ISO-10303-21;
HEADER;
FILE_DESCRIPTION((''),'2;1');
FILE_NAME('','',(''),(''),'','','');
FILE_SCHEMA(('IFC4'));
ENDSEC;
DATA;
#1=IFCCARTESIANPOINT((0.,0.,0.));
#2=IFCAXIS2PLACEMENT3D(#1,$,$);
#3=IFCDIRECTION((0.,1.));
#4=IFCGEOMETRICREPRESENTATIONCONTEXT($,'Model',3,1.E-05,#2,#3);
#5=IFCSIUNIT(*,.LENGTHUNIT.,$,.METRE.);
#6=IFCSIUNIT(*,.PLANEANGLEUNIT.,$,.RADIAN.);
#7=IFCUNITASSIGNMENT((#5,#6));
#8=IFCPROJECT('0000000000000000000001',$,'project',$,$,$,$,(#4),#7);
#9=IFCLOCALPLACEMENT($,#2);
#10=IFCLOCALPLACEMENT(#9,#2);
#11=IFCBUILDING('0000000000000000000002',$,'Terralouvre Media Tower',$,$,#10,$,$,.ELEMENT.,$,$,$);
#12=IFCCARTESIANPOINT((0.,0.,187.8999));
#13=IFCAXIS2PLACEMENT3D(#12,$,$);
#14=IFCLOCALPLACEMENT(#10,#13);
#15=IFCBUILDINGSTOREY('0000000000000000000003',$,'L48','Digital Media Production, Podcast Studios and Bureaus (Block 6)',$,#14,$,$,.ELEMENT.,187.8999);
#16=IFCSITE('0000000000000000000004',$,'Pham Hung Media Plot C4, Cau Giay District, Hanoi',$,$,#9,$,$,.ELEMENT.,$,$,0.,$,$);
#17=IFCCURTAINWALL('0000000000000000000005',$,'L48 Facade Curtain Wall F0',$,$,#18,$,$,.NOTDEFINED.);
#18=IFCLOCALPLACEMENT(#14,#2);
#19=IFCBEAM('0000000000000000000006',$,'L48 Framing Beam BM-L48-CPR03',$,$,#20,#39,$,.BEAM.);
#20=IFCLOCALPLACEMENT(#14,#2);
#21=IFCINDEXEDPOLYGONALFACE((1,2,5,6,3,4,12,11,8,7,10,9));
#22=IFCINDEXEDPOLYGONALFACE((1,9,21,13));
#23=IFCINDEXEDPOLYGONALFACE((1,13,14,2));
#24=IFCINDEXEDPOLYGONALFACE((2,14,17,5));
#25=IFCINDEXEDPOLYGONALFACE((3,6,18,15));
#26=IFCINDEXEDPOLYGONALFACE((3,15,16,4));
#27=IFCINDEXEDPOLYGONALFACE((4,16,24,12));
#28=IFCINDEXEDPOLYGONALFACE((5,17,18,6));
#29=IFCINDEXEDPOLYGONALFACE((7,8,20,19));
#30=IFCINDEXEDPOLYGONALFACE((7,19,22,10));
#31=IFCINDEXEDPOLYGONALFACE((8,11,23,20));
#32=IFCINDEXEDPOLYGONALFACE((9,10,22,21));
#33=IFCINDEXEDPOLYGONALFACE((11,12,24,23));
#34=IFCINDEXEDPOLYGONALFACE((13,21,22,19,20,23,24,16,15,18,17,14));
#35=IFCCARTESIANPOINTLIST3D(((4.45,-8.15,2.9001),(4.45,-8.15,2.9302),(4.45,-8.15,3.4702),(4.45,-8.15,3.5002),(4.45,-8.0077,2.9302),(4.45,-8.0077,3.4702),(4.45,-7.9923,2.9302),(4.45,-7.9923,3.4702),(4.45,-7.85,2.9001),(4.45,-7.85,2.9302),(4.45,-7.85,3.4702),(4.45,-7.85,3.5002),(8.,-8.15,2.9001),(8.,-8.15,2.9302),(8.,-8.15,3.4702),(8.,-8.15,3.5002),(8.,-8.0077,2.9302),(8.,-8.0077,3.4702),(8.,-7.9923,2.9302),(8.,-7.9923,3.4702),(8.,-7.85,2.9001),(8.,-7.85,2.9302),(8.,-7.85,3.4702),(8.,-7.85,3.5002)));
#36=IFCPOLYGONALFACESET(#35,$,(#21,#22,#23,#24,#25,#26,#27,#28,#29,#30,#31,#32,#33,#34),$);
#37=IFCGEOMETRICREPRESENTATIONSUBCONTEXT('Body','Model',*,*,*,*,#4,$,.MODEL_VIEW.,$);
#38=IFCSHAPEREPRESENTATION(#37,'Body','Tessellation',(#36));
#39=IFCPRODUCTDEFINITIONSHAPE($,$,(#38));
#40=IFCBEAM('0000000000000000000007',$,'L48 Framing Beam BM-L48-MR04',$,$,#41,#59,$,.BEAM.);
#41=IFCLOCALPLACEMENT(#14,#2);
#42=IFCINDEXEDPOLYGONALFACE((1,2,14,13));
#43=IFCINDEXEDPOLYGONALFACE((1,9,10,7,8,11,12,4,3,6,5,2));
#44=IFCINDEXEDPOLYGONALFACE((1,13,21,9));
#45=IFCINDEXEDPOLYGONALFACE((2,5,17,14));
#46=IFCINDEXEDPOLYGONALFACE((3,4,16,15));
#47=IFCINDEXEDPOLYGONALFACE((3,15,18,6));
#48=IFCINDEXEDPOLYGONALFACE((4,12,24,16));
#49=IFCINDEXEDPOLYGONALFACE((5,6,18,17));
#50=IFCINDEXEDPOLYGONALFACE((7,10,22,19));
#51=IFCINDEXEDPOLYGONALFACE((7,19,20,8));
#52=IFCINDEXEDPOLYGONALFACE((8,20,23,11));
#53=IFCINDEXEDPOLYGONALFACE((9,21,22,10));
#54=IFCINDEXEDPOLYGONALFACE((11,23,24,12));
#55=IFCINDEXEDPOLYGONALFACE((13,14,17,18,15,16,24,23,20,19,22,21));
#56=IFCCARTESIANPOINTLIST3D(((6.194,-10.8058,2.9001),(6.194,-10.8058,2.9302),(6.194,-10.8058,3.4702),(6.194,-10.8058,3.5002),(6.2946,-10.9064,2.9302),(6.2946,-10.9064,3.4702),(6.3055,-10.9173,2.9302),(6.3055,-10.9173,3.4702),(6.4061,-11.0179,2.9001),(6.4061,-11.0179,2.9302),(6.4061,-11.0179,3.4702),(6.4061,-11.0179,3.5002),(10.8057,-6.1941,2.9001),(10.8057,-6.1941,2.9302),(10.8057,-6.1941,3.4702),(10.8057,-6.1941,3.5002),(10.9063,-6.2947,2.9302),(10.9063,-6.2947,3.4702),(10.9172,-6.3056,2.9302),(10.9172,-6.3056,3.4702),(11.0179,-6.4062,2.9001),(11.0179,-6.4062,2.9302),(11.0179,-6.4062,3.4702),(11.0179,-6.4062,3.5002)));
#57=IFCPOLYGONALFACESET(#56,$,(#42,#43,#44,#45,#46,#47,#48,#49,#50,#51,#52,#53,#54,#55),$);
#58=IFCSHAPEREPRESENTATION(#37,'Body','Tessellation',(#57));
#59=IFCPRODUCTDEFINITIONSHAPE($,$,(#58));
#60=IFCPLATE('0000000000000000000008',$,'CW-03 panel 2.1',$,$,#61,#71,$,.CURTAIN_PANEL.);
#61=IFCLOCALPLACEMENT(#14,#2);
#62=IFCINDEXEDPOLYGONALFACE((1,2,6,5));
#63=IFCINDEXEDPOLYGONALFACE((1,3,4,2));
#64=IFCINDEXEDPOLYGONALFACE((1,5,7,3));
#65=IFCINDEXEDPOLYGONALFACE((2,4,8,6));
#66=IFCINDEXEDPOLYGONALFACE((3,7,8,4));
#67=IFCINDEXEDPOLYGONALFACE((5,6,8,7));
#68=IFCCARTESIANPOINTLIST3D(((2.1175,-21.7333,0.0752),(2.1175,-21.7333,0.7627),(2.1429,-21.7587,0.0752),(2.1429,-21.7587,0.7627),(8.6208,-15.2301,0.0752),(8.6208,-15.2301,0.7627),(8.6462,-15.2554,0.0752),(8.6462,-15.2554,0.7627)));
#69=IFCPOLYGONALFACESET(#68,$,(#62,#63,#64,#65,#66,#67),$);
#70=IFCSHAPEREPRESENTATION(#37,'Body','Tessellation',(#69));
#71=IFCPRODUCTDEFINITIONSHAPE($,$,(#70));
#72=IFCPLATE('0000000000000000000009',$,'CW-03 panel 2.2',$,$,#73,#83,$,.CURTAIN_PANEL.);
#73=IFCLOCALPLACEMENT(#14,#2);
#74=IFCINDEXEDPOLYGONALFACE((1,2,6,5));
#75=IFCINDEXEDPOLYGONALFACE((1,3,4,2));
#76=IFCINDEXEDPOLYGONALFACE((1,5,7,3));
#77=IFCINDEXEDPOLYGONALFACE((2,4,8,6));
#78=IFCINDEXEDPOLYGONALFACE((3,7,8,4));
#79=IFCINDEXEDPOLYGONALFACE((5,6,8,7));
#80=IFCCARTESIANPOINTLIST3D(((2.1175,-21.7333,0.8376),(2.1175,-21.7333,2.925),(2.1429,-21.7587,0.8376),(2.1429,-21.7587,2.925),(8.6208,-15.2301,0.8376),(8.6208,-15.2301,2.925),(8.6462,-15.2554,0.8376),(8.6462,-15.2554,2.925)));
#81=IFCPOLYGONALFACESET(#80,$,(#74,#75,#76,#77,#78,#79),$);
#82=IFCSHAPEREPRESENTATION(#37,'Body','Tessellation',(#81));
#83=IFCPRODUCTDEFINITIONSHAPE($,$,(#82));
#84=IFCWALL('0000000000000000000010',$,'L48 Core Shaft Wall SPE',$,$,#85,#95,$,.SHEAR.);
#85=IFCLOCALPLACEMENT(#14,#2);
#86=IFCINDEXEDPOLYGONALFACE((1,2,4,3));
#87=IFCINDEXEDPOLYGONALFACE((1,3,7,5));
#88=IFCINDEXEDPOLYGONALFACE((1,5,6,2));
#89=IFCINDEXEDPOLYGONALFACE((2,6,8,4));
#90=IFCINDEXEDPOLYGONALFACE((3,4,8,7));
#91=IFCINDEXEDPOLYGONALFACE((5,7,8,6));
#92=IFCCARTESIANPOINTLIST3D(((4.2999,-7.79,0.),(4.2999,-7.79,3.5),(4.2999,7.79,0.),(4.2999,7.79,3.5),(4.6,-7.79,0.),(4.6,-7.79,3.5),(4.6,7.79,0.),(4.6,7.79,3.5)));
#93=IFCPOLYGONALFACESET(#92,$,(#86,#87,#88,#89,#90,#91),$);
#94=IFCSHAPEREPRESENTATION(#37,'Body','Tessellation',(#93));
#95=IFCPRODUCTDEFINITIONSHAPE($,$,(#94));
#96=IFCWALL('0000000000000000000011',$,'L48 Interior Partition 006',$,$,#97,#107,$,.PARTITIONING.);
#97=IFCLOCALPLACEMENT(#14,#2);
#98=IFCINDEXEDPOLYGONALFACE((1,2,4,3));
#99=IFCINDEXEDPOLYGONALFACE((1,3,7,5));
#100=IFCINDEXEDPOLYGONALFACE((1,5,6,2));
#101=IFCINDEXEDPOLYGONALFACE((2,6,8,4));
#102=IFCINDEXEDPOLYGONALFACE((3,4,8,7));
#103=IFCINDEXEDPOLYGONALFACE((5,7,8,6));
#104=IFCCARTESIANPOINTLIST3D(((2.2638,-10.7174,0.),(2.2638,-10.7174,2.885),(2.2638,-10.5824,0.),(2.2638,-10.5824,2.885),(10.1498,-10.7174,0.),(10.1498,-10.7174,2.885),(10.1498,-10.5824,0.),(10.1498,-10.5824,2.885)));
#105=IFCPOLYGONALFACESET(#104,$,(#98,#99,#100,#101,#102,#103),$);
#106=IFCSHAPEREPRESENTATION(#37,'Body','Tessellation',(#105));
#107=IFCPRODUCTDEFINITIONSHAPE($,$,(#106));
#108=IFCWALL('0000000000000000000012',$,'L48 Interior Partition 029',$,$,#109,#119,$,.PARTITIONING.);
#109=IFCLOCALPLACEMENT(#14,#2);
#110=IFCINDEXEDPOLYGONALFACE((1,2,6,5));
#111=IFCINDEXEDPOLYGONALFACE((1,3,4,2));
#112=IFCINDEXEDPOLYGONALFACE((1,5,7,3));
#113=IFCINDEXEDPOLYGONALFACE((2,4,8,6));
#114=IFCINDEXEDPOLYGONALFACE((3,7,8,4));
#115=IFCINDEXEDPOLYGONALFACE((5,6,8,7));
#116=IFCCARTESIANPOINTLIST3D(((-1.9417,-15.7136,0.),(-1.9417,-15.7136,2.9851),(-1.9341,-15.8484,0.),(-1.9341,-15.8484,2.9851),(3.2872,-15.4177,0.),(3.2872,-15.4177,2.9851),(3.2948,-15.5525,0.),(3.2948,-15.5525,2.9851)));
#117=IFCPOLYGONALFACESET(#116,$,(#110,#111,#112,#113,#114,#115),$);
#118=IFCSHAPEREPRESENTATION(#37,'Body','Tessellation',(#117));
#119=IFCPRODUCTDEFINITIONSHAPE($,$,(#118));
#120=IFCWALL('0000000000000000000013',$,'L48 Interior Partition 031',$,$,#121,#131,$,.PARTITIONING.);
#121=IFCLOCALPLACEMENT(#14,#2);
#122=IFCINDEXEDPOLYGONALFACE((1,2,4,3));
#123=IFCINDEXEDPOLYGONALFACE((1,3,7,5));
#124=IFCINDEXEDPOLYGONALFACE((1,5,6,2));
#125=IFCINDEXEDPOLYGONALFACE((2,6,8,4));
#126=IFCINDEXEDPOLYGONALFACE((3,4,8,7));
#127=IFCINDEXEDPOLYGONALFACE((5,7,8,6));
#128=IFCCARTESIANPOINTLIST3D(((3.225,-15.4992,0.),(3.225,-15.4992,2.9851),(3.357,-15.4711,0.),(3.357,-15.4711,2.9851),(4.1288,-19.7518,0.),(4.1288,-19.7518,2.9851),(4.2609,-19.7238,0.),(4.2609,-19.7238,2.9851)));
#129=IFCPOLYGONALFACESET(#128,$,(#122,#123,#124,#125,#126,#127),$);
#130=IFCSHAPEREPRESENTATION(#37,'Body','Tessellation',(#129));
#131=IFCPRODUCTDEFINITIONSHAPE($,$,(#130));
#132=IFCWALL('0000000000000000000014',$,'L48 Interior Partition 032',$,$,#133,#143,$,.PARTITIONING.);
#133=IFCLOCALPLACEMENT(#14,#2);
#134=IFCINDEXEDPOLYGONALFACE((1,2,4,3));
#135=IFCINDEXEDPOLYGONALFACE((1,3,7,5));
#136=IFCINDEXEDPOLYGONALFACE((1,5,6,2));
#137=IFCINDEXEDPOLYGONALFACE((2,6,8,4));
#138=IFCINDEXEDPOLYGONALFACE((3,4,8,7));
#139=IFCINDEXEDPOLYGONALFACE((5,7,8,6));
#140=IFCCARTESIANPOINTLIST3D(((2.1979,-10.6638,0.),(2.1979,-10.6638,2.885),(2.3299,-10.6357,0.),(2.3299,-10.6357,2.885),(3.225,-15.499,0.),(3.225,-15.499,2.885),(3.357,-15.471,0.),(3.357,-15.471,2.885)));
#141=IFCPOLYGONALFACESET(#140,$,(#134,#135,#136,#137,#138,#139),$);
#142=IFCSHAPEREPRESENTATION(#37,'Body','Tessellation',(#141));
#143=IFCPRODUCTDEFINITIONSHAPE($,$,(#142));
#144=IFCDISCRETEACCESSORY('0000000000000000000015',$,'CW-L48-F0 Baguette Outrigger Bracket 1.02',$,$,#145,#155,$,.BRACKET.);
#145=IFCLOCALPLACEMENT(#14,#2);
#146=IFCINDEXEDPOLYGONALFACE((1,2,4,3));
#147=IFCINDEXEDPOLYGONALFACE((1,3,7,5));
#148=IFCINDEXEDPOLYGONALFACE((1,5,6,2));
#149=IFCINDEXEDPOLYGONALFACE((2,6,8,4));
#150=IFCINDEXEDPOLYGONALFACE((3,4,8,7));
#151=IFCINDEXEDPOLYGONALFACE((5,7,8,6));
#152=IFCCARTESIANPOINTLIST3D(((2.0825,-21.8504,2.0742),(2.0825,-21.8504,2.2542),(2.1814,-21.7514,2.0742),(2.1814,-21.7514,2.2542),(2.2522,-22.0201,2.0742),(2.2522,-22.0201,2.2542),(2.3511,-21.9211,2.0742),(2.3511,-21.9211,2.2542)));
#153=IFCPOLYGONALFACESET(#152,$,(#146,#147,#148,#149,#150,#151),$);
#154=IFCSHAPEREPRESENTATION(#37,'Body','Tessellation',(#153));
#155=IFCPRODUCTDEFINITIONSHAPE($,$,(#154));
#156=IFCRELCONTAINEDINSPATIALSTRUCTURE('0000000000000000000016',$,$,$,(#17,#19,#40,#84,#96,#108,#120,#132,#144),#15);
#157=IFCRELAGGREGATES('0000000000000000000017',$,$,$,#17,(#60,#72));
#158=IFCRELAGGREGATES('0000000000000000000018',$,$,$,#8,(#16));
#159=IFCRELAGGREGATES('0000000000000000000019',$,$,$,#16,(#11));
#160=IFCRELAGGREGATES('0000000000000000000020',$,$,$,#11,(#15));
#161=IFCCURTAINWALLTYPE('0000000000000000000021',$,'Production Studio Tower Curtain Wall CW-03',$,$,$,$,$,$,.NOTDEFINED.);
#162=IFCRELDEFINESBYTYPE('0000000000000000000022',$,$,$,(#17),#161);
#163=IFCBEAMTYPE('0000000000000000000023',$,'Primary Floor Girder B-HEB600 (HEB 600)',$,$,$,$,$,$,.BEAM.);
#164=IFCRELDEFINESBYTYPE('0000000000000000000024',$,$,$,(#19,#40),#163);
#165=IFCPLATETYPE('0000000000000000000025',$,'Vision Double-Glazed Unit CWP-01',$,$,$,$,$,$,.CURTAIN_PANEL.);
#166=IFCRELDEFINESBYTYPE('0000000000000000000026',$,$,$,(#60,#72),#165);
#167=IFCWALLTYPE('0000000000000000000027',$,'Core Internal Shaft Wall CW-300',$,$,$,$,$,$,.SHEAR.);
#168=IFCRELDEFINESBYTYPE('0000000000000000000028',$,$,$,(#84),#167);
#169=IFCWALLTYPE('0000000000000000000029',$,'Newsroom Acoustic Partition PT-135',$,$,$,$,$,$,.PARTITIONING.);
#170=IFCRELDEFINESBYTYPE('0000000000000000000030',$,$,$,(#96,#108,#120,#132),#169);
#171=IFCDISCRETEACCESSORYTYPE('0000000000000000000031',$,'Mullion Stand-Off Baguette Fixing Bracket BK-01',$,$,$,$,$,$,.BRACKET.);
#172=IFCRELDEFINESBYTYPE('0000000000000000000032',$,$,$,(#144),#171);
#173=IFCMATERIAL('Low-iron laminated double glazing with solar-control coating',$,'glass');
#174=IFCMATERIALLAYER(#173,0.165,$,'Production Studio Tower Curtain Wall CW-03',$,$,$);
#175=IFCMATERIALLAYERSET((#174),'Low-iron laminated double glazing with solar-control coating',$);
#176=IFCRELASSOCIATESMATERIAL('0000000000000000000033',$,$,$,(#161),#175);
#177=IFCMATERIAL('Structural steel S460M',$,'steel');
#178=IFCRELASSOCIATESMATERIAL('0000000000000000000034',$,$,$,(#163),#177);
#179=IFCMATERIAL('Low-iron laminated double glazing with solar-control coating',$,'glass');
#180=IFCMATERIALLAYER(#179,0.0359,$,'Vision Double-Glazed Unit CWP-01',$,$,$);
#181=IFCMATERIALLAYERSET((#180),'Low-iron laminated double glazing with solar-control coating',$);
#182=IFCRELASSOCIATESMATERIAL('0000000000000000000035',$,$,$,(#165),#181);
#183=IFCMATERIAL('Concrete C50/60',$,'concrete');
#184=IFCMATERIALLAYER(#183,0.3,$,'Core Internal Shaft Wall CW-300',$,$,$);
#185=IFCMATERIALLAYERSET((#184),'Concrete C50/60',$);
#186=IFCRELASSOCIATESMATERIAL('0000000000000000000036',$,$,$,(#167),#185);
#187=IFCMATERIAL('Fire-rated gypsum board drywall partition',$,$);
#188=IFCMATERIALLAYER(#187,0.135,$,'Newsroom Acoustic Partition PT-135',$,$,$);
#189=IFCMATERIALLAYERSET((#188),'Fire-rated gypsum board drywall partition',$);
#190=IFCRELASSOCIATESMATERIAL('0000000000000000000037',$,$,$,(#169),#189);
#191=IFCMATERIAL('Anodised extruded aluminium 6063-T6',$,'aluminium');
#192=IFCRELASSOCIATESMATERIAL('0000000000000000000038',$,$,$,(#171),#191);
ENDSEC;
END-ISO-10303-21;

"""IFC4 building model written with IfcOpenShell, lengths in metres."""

from ifc_helpers import new_model, si_unit, direction, frame, frame_2d, origin, origin_2d, place, context, subcontext, project, spatial, rectangle, i_section, extrude, material, layer, layer_set, material_profile, profile_set, type_object, element, aggregate, save


model = new_model("IFC4")

# Units and contexts
model_context = context("Model", 3, precision=1e-05, world=origin(), true_north=direction((0.0, 1.0)))
body_context = subcontext(model_context, "Body", "Model", "MODEL_VIEW")
ifc_project = project(units=[si_unit("LENGTHUNIT", "METRE"), si_unit("PLANEANGLEUNIT", "RADIAN")], contexts=[model_context])

# Site, building, storey
site_placement = place(None, origin())
site = spatial("IfcSite", under=ifc_project, at=site_placement, Name="Pham Hung Media Plot C4, Cau Giay District, Hanoi", CompositionType="ELEMENT", RefElevation=0.0)
building_placement = place(site_placement, origin())
building = spatial("IfcBuilding", under=site, at=building_placement, Name="Terralouvre Media Tower", CompositionType="ELEMENT")
storey_placement = place(building_placement, frame((0.0, 0.0, 187.8999)))
storey = spatial("IfcBuildingStorey", under=building, at=storey_placement, Name="L48", Description="Digital Media Production, Podcast Studios and Bureaus (Block 6)", CompositionType="ELEMENT", Elevation=187.8999)

# Curtain wall
ifc_material_1 = material(Name="Low-iron laminated double glazing with solar-control coating", Category="glass")
ifc_layer_1 = layer(ifc_material_1, 0.165, Name="Production Studio Tower Curtain Wall CW-03")
ifc_layer_set_1 = layer_set([ifc_layer_1], Name="Low-iron laminated double glazing with solar-control coating")
curtain_wall_type = type_object("IfcCurtainWallType", Name="Production Studio Tower Curtain Wall CW-03", PredefinedType="NOTDEFINED", material=ifc_layer_set_1)
curtain_wall_placement = place(storey_placement, origin())
curtain_wall = element("IfcCurtainWall", 1, at=curtain_wall_placement, inside=storey, type_object=curtain_wall_type, Name="L48 Facade Curtain Wall F0", PredefinedType="NOTDEFINED")

# Beams
ifc_material_2 = material(Name="Structural steel S460M", Category="steel")
ifc_material_profile_1 = material_profile(ifc_material_2, i_section(OverallWidth=0.3, OverallDepth=0.6001, WebThickness=0.0154, FlangeThickness=0.03, at=origin_2d()), Name="HEB 600")
ifc_profile_set_1 = profile_set([ifc_material_profile_1], Name="Structural steel S460M")
beam_type_1 = type_object("IfcBeamType", Name="Primary Floor Girder B-HEB600 (HEB 600)", PredefinedType="BEAM", material=ifc_profile_set_1)
beam_1_placement = place(storey_placement, frame((4.45, -8.0, 3.2002), z_axis=(1.0, 0.0, 0.0), x_axis=(0.0, 1.0, 0.0)))
element("IfcBeam", 2, at=beam_1_placement, inside=storey, type_object=beam_type_1, Name="L48 Framing Beam BM-L48-CPR03", PredefinedType="BEAM", context=body_context, shape_type="SweptSolid", body=[
    extrude(i_section(OverallWidth=0.3, OverallDepth=0.6001, WebThickness=0.0154, FlangeThickness=0.03, at=origin_2d()), origin(), (0.0, 0.0, 1.0), 3.55),
])
beam_2_placement = place(storey_placement, frame((6.3, -10.9119, 3.2002), z_axis=(0.707107, 0.707107, 0.0), x_axis=(-0.707107, 0.707107, 0.0)))
element("IfcBeam", 3, at=beam_2_placement, inside=storey, type_object=beam_type_1, Name="L48 Framing Beam BM-L48-MR04", PredefinedType="BEAM", context=body_context, shape_type="SweptSolid", body=[
    extrude(i_section(OverallWidth=0.3, OverallDepth=0.6001, WebThickness=0.0154, FlangeThickness=0.03, at=origin_2d()), origin(), (0.0, 0.0, 1.0), 6.522),
])

# Plates
ifc_material_3 = material(Name="Low-iron laminated double glazing with solar-control coating", Category="glass")
ifc_layer_2 = layer(ifc_material_3, 0.0359, Name="Vision Double-Glazed Unit CWP-01")
ifc_layer_set_2 = layer_set([ifc_layer_2], Name="Low-iron laminated double glazing with solar-control coating")
plate_type = type_object("IfcPlateType", Name="Vision Double-Glazed Unit CWP-01", PredefinedType="CURTAIN_PANEL", material=ifc_layer_set_2)
plate_1_placement = place(storey_placement, frame((5.3818, -18.4944, 0.0752), z_axis=(0.0, 0.0, 1.0), x_axis=(0.707107, 0.707107, 0.0)))
plate_1 = element("IfcPlate", 4, at=plate_1_placement, type_object=plate_type, Name="CW-03 panel 2.1", PredefinedType="CURTAIN_PANEL", context=body_context, shape_type="SweptSolid", body=[
    extrude(rectangle(XDim=9.197, YDim=0.0359, at=origin_2d()), origin(), (0.0, 0.0, 1.0), 0.6875),
])
plate_2_placement = place(storey_placement, frame((5.3818, -18.4944, 0.8376), z_axis=(0.0, 0.0, 1.0), x_axis=(0.707107, 0.707107, 0.0)))
plate_2 = element("IfcPlate", 5, at=plate_2_placement, type_object=plate_type, Name="CW-03 panel 2.2", PredefinedType="CURTAIN_PANEL", context=body_context, shape_type="SweptSolid", body=[
    extrude(rectangle(XDim=9.197, YDim=0.0359, at=origin_2d()), origin(), (0.0, 0.0, 1.0), 2.0874),
])
aggregate(curtain_wall, [plate_1, plate_2])

# Walls
ifc_material_4 = material(Name="Concrete C50/60", Category="concrete")
ifc_layer_3 = layer(ifc_material_4, 0.3, Name="Core Internal Shaft Wall CW-300")
ifc_layer_set_3 = layer_set([ifc_layer_3], Name="Concrete C50/60")
wall_type_1 = type_object("IfcWallType", Name="Core Internal Shaft Wall CW-300", PredefinedType="SHEAR", material=ifc_layer_set_3)
wall_1_placement = place(storey_placement, frame((4.45, -7.79, 0.0), z_axis=(0.0, 0.0, 1.0), x_axis=(0.0, 1.0, 0.0)))
element("IfcWall", 6, at=wall_1_placement, inside=storey, type_object=wall_type_1, Name="L48 Core Shaft Wall SPE", PredefinedType="SHEAR", context=body_context, shape_type="SweptSolid", body=[
    extrude(rectangle(XDim=15.5801, YDim=0.3, at=frame_2d((7.79, 0.0))), origin(), (0.0, 0.0, 1.0), 3.5),
])
ifc_material_5 = material(Name="Fire-rated gypsum board drywall partition")
ifc_layer_4 = layer(ifc_material_5, 0.135, Name="Newsroom Acoustic Partition PT-135")
ifc_layer_set_4 = layer_set([ifc_layer_4], Name="Fire-rated gypsum board drywall partition")
wall_type_2 = type_object("IfcWallType", Name="Newsroom Acoustic Partition PT-135", PredefinedType="PARTITIONING", material=ifc_layer_set_4)
wall_2_placement = place(storey_placement, frame((2.2639, -10.6499, 0.0), z_axis=(0.0, 0.0, 1.0), x_axis=(1.0, 0.0, 0.0)))
element("IfcWall", 7, at=wall_2_placement, inside=storey, type_object=wall_type_2, Name="L48 Interior Partition 006", PredefinedType="PARTITIONING", context=body_context, shape_type="SweptSolid", body=[
    extrude(rectangle(XDim=7.886, YDim=0.135, at=frame_2d((3.9429, 0.0))), origin(), (0.0, 0.0, 1.0), 2.885),
])
wall_3_placement = place(storey_placement, frame((3.291, -15.4851, 0.0), z_axis=(0.0, 0.0, 1.0), x_axis=(-0.998403, -0.056498, 0.0)))
element("IfcWall", 8, at=wall_3_placement, inside=storey, type_object=wall_type_2, Name="L48 Interior Partition 029", PredefinedType="PARTITIONING", context=body_context, shape_type="SweptSolid", body=[
    extrude(rectangle(XDim=5.2373, YDim=0.135, at=frame_2d((2.6187, 0.0))), origin(), (0.0, 0.0, 1.0), 2.9851),
])
wall_4_placement = place(storey_placement, frame((4.1948, -19.7378, 0.0), z_axis=(0.0, 0.0, 1.0), x_axis=(-0.207884, 0.978154, 0.0)))
element("IfcWall", 9, at=wall_4_placement, inside=storey, type_object=wall_type_2, Name="L48 Interior Partition 031", PredefinedType="PARTITIONING", context=body_context, shape_type="SweptSolid", body=[
    extrude(rectangle(XDim=4.3477, YDim=0.135, at=frame_2d((2.1738, 0.0))), origin(), (0.0, 0.0, 1.0), 2.9851),
])
wall_5_placement = place(storey_placement, frame((3.291, -15.4851, 0.0), z_axis=(0.0, 0.0, 1.0), x_axis=(-0.207785, 0.978175, 0.0)))
element("IfcWall", 10, at=wall_5_placement, inside=storey, type_object=wall_type_2, Name="L48 Interior Partition 032", PredefinedType="PARTITIONING", context=body_context, shape_type="SweptSolid", body=[
    extrude(rectangle(XDim=4.9431, YDim=0.135, at=frame_2d((2.4717, 0.0))), origin(), (0.0, 0.0, 1.0), 2.885),
])

# Discrete accessory
ifc_material_6 = material(Name="Anodised extruded aluminium 6063-T6", Category="aluminium")
discrete_accessory_type = type_object("IfcDiscreteAccessoryType", Name="Mullion Stand-Off Baguette Fixing Bracket BK-01", PredefinedType="BRACKET", material=ifc_material_6)
discrete_accessory_placement = place(storey_placement, frame((2.2168, -21.8857, 2.0742), z_axis=(0.0, 0.0, 1.0), x_axis=(0.707107, 0.707107, 0.0)))
element("IfcDiscreteAccessory", 11, at=discrete_accessory_placement, inside=storey, type_object=discrete_accessory_type, Name="CW-L48-F0 Baguette Outrigger Bracket 1.02", PredefinedType="BRACKET", context=body_context, shape_type="SweptSolid", body=[
    extrude(rectangle(XDim=0.1399, YDim=0.24, at=origin_2d()), origin(), (0.0, 0.0, 1.0), 0.1799),
])

save(model, "model.ifc")
